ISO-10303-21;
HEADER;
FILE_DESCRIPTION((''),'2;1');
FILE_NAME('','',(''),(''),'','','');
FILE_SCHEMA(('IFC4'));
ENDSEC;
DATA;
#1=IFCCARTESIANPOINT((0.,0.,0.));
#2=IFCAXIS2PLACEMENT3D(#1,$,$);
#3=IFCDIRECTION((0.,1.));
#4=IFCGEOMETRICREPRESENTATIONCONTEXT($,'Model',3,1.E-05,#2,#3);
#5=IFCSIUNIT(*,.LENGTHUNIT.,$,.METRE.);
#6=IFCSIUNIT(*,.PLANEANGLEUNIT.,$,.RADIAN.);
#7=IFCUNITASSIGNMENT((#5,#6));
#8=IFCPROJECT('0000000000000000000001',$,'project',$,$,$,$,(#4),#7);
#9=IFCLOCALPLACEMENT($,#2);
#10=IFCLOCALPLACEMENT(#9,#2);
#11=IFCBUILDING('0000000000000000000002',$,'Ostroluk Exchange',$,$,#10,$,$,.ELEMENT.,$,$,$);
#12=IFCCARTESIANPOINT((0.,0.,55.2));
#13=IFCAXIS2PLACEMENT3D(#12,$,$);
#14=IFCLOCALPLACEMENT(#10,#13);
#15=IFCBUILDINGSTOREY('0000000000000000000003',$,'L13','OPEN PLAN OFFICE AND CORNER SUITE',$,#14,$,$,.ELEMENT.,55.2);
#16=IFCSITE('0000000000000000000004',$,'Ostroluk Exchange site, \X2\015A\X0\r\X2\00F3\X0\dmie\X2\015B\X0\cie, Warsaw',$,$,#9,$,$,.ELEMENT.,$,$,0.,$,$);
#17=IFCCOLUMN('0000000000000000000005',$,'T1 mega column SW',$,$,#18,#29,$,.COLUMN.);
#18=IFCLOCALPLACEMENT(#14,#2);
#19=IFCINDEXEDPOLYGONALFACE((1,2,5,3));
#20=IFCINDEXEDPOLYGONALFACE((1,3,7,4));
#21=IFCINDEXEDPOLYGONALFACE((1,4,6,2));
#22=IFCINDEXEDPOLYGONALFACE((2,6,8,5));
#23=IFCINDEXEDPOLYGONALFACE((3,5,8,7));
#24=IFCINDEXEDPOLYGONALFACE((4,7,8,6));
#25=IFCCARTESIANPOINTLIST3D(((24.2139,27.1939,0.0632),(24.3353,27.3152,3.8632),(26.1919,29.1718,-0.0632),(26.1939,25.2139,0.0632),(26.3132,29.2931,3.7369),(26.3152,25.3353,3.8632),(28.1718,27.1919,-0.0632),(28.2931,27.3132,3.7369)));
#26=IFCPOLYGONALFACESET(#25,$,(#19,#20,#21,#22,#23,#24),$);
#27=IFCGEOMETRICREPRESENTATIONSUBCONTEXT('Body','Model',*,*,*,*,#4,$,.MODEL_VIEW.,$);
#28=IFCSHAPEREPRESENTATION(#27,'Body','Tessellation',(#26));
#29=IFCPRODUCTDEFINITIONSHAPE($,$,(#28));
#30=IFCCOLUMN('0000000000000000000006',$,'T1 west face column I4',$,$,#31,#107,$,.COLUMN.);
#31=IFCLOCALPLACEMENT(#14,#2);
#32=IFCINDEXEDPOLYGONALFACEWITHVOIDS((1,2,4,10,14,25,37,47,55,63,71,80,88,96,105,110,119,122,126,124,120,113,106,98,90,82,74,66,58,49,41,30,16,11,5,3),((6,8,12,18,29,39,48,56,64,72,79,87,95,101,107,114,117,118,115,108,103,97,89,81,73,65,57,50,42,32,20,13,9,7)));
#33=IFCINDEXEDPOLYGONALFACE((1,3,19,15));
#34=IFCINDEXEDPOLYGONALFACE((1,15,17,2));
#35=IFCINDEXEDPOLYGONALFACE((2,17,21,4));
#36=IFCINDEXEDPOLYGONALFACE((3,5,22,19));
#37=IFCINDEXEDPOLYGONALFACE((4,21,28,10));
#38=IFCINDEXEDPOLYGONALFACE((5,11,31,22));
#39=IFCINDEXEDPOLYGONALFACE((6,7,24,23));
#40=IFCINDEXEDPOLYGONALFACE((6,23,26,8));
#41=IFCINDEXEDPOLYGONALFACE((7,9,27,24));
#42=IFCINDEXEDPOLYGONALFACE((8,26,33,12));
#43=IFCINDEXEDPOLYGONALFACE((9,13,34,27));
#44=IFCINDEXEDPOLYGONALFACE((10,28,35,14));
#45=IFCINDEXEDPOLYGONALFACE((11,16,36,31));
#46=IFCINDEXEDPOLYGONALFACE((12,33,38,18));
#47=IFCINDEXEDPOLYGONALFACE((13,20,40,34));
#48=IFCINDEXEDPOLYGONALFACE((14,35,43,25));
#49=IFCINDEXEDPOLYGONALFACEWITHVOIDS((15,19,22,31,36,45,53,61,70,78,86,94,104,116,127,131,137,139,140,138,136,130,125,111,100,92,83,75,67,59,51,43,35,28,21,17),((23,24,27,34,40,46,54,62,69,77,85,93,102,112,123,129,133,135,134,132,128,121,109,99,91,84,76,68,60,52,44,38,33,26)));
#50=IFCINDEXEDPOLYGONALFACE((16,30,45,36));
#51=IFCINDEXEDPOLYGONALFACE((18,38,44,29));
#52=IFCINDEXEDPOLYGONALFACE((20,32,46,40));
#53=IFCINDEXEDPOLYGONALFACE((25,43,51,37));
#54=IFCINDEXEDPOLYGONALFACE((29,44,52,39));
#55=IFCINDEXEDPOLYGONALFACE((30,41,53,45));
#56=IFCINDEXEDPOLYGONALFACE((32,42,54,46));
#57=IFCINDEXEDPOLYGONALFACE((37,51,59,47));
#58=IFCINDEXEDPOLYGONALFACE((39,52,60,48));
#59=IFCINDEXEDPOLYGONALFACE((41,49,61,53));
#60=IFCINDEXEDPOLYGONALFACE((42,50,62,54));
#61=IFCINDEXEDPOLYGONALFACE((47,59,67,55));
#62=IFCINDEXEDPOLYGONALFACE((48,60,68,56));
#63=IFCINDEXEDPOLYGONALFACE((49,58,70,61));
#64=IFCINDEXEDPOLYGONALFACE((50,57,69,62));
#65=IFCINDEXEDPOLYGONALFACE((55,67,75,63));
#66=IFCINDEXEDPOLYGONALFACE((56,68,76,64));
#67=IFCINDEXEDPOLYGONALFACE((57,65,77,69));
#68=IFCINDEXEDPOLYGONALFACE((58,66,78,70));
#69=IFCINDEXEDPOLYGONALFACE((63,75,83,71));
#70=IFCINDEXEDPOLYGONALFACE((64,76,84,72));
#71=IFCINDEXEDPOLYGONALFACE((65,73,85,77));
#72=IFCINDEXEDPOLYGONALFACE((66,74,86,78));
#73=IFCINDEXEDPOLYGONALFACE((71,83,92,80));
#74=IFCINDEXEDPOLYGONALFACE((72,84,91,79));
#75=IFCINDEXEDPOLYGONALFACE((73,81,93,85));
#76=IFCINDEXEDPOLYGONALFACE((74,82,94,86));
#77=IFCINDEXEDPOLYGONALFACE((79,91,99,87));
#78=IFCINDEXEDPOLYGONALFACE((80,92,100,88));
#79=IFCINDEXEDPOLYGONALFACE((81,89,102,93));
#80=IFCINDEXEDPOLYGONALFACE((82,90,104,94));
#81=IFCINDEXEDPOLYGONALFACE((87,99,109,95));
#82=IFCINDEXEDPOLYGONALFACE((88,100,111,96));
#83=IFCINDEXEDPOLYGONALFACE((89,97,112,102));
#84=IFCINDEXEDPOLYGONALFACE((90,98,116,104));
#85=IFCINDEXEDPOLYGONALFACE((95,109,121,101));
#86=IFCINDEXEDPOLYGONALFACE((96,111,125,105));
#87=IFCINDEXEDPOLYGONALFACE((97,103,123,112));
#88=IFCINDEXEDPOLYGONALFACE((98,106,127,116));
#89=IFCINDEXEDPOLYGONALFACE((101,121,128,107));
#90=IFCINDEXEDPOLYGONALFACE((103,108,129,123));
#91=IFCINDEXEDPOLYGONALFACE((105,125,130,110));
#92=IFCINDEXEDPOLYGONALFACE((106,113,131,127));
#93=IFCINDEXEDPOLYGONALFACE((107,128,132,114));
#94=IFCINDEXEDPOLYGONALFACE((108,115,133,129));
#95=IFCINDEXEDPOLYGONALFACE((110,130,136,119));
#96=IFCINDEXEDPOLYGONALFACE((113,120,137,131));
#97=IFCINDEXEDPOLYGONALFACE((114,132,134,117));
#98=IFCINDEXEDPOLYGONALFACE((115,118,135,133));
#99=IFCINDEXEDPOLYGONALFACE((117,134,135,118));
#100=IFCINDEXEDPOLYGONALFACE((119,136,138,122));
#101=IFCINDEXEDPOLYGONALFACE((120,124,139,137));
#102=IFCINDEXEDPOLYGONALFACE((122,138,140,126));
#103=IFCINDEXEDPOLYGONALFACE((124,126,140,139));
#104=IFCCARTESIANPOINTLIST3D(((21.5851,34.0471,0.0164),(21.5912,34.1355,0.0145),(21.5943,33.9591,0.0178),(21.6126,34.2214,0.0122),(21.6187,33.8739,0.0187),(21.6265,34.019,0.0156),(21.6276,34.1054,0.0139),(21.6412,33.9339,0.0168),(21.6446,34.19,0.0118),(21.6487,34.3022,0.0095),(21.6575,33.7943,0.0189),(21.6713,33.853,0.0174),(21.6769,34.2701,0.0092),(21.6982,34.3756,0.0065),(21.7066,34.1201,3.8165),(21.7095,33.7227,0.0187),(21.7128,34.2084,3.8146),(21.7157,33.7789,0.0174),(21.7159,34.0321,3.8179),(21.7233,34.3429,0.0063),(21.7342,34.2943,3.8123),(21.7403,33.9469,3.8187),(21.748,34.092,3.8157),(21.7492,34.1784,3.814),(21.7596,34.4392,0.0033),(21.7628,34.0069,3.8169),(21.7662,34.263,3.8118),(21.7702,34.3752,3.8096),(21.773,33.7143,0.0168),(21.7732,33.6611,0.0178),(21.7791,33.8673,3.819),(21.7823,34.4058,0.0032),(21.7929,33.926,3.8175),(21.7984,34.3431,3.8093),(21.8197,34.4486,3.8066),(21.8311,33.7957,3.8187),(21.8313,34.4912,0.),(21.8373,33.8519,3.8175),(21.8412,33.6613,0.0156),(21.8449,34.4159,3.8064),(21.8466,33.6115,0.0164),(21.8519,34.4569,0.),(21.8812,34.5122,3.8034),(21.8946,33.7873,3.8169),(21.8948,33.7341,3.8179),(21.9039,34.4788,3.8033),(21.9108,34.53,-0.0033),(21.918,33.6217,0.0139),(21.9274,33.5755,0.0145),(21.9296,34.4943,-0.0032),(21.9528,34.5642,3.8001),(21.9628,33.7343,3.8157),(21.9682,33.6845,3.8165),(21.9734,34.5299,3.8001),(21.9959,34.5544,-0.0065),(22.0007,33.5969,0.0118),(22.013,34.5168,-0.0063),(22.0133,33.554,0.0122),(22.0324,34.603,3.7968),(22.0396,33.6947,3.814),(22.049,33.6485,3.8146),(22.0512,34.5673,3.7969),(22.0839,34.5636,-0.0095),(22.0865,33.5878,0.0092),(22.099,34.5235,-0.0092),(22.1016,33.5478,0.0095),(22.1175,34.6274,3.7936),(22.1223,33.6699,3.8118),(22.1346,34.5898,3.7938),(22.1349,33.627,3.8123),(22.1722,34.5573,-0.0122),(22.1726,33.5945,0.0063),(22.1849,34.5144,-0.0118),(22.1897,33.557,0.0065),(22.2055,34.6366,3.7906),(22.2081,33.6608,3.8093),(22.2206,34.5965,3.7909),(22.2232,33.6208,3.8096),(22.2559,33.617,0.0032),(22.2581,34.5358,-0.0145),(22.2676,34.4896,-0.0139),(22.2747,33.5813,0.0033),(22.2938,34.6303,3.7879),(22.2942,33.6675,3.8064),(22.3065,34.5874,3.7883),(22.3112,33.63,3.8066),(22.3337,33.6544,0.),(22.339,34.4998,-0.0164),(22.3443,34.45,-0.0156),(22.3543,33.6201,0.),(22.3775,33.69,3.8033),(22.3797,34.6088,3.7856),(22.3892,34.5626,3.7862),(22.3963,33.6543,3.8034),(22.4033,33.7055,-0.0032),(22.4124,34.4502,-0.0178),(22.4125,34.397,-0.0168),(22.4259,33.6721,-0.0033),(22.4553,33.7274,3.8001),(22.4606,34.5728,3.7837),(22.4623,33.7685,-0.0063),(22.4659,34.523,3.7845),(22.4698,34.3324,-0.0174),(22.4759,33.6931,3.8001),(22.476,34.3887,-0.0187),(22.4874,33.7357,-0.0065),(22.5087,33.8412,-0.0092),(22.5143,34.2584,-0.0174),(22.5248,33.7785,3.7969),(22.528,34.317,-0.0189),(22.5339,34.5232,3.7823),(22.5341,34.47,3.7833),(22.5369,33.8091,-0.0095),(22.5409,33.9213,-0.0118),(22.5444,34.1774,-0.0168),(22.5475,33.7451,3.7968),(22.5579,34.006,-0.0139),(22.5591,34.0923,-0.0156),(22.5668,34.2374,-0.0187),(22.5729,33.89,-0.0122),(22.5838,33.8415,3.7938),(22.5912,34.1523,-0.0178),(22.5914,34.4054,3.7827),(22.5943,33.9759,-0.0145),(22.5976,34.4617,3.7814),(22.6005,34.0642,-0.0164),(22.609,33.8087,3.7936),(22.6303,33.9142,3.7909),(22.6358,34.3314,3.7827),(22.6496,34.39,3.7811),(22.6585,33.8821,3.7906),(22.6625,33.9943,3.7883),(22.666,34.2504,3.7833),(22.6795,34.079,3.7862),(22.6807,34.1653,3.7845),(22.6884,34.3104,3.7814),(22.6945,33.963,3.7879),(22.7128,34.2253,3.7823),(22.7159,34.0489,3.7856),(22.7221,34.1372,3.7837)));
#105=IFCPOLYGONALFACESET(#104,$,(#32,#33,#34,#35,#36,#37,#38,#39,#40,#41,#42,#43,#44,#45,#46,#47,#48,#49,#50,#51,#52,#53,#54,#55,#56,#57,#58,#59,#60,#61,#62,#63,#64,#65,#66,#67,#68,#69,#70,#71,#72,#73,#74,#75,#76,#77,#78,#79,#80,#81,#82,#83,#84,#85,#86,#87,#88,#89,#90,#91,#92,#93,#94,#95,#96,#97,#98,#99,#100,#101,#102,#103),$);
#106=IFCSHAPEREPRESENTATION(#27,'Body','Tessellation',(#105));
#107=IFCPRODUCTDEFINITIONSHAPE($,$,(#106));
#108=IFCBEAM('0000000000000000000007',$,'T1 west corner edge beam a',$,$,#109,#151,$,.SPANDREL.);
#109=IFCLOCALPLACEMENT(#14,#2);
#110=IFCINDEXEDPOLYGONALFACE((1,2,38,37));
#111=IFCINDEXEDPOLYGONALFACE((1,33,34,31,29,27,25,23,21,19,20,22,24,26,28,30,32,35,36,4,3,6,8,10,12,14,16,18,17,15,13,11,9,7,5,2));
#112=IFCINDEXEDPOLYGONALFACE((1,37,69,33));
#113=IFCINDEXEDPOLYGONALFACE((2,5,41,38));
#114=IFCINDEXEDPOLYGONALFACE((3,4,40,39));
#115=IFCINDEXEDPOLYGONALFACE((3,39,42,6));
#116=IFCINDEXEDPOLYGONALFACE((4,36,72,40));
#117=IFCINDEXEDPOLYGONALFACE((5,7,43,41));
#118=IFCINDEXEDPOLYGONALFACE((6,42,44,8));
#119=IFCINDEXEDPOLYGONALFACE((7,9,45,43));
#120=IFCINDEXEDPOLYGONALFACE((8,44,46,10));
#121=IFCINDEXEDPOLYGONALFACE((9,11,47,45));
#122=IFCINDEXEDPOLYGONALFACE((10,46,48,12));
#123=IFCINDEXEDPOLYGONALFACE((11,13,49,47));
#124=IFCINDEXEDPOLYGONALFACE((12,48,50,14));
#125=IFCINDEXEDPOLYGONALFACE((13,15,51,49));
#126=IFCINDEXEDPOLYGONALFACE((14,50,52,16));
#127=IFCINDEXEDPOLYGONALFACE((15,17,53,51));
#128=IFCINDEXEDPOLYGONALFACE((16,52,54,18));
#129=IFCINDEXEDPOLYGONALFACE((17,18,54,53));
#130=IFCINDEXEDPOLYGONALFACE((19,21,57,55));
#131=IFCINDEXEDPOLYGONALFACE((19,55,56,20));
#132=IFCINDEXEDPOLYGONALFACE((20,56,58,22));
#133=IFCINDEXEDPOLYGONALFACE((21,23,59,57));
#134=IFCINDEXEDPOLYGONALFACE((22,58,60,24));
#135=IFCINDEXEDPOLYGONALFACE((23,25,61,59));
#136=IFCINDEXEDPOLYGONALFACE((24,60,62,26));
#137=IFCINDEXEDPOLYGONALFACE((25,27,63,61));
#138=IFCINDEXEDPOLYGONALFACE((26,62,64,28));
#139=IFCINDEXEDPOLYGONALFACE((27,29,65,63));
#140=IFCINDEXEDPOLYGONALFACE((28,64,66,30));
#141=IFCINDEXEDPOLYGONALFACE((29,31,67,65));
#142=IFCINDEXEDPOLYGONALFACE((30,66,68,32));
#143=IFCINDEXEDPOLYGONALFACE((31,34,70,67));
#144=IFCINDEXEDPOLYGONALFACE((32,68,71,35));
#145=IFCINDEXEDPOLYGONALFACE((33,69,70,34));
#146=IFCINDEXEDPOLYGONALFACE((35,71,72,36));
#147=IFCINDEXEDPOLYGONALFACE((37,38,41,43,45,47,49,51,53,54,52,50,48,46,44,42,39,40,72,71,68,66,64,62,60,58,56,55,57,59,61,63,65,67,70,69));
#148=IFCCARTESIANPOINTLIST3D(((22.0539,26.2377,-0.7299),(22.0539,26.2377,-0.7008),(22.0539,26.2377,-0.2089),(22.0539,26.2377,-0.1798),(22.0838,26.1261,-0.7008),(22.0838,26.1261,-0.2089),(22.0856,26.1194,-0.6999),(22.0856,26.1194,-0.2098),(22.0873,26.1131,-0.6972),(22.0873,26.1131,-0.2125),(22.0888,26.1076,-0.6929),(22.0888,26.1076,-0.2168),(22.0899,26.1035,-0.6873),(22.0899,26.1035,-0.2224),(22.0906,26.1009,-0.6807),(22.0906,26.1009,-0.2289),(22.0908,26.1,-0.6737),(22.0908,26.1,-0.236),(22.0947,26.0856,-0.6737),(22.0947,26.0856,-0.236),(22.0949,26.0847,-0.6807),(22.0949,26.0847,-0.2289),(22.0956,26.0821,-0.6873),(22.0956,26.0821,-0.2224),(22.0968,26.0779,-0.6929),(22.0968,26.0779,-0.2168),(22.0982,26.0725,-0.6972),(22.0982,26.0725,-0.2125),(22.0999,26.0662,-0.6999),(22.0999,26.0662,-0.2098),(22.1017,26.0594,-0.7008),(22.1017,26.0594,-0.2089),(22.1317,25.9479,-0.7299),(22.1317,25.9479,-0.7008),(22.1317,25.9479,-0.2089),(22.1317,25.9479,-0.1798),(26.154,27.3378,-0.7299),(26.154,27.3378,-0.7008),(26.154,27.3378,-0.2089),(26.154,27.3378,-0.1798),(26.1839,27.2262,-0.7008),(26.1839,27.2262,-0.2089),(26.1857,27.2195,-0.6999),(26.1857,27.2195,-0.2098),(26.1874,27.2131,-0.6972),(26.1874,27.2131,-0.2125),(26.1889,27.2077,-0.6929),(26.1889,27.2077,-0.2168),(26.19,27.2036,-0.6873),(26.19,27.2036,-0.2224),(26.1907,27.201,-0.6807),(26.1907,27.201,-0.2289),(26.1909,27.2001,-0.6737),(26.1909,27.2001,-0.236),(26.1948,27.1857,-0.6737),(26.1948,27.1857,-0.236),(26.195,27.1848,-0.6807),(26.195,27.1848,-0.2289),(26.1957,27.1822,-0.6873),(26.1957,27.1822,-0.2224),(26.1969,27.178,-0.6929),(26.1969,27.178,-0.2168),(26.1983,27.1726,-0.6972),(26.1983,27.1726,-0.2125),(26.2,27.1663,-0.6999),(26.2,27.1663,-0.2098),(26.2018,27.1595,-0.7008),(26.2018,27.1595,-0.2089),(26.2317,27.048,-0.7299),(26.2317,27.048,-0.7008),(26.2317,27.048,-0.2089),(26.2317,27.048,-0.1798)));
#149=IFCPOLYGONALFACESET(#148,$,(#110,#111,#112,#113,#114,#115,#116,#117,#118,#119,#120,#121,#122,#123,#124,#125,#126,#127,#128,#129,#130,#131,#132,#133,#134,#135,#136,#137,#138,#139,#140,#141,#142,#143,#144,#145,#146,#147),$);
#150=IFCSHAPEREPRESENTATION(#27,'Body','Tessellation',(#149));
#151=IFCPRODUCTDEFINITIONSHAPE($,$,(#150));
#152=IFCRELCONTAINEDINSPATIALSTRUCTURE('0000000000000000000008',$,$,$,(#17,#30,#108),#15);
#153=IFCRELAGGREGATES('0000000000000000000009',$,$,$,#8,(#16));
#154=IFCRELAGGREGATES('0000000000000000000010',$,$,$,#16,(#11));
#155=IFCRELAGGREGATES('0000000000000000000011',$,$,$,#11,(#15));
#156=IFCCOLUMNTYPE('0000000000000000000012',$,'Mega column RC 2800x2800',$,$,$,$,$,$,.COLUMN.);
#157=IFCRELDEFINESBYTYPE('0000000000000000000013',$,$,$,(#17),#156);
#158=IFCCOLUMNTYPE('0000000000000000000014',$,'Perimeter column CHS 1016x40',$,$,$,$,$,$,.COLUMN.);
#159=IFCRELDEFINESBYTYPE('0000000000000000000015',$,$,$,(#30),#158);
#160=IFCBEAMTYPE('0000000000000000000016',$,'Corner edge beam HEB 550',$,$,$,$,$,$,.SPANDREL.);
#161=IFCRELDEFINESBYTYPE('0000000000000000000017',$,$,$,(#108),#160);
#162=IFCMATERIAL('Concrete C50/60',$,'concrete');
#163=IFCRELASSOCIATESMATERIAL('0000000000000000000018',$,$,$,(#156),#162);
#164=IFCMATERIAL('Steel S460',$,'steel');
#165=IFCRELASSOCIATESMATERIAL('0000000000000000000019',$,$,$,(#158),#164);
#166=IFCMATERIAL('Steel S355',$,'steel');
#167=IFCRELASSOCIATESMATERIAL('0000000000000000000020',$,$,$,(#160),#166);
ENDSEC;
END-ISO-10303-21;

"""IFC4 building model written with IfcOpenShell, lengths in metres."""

from ifc_helpers import new_model, si_unit, direction, frame, origin, origin_2d, place, context, subcontext, project, spatial, rectangle, hollow_circle, i_section, extrude, material, material_profile, profile_set, type_object, element, save


model = new_model("IFC4")

# Units and contexts
model_context = context("Model", 3, precision=1e-05, world=origin(), true_north=direction((0.0, 1.0)))
body_context = subcontext(model_context, "Body", "Model", "MODEL_VIEW")
ifc_project = project(units=[si_unit("LENGTHUNIT", "METRE"), si_unit("PLANEANGLEUNIT", "RADIAN")], contexts=[model_context])

# Site, building, storey
site_placement = place(None, origin())
site = spatial("IfcSite", under=ifc_project, at=site_placement, Name="Ostroluk Exchange site, Śródmieście, Warsaw", CompositionType="ELEMENT", RefElevation=0.0)
building_placement = place(site_placement, origin())
building = spatial("IfcBuilding", under=site, at=building_placement, Name="Ostroluk Exchange", CompositionType="ELEMENT")
storey_placement = place(building_placement, frame((0.0, 0.0, 55.2)))
storey = spatial("IfcBuildingStorey", under=building, at=storey_placement, Name="L13", Description="OPEN PLAN OFFICE AND CORNER SUITE", CompositionType="ELEMENT", Elevation=55.2)

# Columns
ifc_material_1 = material(Name="Concrete C50/60", Category="concrete")
ifc_material_profile_1 = material_profile(ifc_material_1, rectangle(XDim=2.8, YDim=2.8, at=origin_2d()), Name="RC 2800x2800")
ifc_profile_set_1 = profile_set([ifc_material_profile_1], Name="Concrete C50/60")
column_type_1 = type_object("IfcColumnType", Name="Mega column RC 2800x2800", PredefinedType="COLUMN", material=ifc_profile_set_1)
column_1_placement = place(storey_placement, frame((26.1929, 27.1929, 0.0), z_axis=(0.031898, 0.031898, 0.998982), x_axis=(-0.707107, 0.707107, 0.0)))
element("IfcColumn", 1, at=column_1_placement, inside=storey, type_object=column_type_1, Name="T1 mega column SW", PredefinedType="COLUMN", context=body_context, shape_type="SweptSolid", body=[
    extrude(rectangle(XDim=2.8, YDim=2.8, at=origin_2d()), origin(), (0.0, 0.0, 1.0), 3.804),
])
ifc_material_2 = material(Name="Steel S460", Category="steel")
ifc_material_profile_2 = material_profile(ifc_material_2, hollow_circle(Radius=0.5081, WallThickness=0.04, at=origin_2d()), Name="CHS 1016x40")
ifc_profile_set_2 = profile_set([ifc_material_profile_2], Name="Steel S460")
column_type_2 = type_object("IfcColumnType", Name="Perimeter column CHS 1016x40", PredefinedType="COLUMN", material=ifc_profile_set_2)
column_2_placement = place(storey_placement, frame((22.0928, 34.0557, 0.0), z_axis=(0.031973, 0.019196, 0.999304), x_axis=(-0.514749, 0.857341, 0.0)))
element("IfcColumn", 2, at=column_2_placement, inside=storey, type_object=column_type_2, Name="T1 west face column I4", PredefinedType="COLUMN", context=body_context, shape_type="SweptSolid", body=[
    extrude(hollow_circle(Radius=0.5081, WallThickness=0.04, at=origin_2d()), origin(), (0.0, 0.0, 1.0), 3.8027),
])

# Beam
ifc_material_3 = material(Name="Steel S355", Category="steel")
ifc_material_profile_3 = material_profile(ifc_material_3, i_section(OverallWidth=0.3, OverallDepth=0.55, WebThickness=0.0149, FlangeThickness=0.0291, FilletRadius=0.0271, at=origin_2d()), Name="HEB 550")
ifc_profile_set_3 = profile_set([ifc_material_profile_3], Name="Steel S355")
beam_type_1 = type_object("IfcBeamType", Name="Corner edge beam HEB 550", PredefinedType="SPANDREL", material=ifc_profile_set_3)
beam_1_placement = place(storey_placement, frame((26.1929, 27.1929, -0.4548), z_axis=(-0.965839, -0.259144, 0.0), x_axis=(0.259144, -0.965839, 0.0)))
element("IfcBeam", 3, at=beam_1_placement, inside=storey, type_object=beam_type_1, Name="T1 west corner edge beam a", PredefinedType="SPANDREL", context=body_context, shape_type="SweptSolid", body=[
    extrude(i_section(OverallWidth=0.3, OverallDepth=0.55, WebThickness=0.0149, FlangeThickness=0.0291, FilletRadius=0.0271, at=origin_2d()), origin(), (0.0, 0.0, 1.0), 4.2451),
])

save(model, "model.ifc")
